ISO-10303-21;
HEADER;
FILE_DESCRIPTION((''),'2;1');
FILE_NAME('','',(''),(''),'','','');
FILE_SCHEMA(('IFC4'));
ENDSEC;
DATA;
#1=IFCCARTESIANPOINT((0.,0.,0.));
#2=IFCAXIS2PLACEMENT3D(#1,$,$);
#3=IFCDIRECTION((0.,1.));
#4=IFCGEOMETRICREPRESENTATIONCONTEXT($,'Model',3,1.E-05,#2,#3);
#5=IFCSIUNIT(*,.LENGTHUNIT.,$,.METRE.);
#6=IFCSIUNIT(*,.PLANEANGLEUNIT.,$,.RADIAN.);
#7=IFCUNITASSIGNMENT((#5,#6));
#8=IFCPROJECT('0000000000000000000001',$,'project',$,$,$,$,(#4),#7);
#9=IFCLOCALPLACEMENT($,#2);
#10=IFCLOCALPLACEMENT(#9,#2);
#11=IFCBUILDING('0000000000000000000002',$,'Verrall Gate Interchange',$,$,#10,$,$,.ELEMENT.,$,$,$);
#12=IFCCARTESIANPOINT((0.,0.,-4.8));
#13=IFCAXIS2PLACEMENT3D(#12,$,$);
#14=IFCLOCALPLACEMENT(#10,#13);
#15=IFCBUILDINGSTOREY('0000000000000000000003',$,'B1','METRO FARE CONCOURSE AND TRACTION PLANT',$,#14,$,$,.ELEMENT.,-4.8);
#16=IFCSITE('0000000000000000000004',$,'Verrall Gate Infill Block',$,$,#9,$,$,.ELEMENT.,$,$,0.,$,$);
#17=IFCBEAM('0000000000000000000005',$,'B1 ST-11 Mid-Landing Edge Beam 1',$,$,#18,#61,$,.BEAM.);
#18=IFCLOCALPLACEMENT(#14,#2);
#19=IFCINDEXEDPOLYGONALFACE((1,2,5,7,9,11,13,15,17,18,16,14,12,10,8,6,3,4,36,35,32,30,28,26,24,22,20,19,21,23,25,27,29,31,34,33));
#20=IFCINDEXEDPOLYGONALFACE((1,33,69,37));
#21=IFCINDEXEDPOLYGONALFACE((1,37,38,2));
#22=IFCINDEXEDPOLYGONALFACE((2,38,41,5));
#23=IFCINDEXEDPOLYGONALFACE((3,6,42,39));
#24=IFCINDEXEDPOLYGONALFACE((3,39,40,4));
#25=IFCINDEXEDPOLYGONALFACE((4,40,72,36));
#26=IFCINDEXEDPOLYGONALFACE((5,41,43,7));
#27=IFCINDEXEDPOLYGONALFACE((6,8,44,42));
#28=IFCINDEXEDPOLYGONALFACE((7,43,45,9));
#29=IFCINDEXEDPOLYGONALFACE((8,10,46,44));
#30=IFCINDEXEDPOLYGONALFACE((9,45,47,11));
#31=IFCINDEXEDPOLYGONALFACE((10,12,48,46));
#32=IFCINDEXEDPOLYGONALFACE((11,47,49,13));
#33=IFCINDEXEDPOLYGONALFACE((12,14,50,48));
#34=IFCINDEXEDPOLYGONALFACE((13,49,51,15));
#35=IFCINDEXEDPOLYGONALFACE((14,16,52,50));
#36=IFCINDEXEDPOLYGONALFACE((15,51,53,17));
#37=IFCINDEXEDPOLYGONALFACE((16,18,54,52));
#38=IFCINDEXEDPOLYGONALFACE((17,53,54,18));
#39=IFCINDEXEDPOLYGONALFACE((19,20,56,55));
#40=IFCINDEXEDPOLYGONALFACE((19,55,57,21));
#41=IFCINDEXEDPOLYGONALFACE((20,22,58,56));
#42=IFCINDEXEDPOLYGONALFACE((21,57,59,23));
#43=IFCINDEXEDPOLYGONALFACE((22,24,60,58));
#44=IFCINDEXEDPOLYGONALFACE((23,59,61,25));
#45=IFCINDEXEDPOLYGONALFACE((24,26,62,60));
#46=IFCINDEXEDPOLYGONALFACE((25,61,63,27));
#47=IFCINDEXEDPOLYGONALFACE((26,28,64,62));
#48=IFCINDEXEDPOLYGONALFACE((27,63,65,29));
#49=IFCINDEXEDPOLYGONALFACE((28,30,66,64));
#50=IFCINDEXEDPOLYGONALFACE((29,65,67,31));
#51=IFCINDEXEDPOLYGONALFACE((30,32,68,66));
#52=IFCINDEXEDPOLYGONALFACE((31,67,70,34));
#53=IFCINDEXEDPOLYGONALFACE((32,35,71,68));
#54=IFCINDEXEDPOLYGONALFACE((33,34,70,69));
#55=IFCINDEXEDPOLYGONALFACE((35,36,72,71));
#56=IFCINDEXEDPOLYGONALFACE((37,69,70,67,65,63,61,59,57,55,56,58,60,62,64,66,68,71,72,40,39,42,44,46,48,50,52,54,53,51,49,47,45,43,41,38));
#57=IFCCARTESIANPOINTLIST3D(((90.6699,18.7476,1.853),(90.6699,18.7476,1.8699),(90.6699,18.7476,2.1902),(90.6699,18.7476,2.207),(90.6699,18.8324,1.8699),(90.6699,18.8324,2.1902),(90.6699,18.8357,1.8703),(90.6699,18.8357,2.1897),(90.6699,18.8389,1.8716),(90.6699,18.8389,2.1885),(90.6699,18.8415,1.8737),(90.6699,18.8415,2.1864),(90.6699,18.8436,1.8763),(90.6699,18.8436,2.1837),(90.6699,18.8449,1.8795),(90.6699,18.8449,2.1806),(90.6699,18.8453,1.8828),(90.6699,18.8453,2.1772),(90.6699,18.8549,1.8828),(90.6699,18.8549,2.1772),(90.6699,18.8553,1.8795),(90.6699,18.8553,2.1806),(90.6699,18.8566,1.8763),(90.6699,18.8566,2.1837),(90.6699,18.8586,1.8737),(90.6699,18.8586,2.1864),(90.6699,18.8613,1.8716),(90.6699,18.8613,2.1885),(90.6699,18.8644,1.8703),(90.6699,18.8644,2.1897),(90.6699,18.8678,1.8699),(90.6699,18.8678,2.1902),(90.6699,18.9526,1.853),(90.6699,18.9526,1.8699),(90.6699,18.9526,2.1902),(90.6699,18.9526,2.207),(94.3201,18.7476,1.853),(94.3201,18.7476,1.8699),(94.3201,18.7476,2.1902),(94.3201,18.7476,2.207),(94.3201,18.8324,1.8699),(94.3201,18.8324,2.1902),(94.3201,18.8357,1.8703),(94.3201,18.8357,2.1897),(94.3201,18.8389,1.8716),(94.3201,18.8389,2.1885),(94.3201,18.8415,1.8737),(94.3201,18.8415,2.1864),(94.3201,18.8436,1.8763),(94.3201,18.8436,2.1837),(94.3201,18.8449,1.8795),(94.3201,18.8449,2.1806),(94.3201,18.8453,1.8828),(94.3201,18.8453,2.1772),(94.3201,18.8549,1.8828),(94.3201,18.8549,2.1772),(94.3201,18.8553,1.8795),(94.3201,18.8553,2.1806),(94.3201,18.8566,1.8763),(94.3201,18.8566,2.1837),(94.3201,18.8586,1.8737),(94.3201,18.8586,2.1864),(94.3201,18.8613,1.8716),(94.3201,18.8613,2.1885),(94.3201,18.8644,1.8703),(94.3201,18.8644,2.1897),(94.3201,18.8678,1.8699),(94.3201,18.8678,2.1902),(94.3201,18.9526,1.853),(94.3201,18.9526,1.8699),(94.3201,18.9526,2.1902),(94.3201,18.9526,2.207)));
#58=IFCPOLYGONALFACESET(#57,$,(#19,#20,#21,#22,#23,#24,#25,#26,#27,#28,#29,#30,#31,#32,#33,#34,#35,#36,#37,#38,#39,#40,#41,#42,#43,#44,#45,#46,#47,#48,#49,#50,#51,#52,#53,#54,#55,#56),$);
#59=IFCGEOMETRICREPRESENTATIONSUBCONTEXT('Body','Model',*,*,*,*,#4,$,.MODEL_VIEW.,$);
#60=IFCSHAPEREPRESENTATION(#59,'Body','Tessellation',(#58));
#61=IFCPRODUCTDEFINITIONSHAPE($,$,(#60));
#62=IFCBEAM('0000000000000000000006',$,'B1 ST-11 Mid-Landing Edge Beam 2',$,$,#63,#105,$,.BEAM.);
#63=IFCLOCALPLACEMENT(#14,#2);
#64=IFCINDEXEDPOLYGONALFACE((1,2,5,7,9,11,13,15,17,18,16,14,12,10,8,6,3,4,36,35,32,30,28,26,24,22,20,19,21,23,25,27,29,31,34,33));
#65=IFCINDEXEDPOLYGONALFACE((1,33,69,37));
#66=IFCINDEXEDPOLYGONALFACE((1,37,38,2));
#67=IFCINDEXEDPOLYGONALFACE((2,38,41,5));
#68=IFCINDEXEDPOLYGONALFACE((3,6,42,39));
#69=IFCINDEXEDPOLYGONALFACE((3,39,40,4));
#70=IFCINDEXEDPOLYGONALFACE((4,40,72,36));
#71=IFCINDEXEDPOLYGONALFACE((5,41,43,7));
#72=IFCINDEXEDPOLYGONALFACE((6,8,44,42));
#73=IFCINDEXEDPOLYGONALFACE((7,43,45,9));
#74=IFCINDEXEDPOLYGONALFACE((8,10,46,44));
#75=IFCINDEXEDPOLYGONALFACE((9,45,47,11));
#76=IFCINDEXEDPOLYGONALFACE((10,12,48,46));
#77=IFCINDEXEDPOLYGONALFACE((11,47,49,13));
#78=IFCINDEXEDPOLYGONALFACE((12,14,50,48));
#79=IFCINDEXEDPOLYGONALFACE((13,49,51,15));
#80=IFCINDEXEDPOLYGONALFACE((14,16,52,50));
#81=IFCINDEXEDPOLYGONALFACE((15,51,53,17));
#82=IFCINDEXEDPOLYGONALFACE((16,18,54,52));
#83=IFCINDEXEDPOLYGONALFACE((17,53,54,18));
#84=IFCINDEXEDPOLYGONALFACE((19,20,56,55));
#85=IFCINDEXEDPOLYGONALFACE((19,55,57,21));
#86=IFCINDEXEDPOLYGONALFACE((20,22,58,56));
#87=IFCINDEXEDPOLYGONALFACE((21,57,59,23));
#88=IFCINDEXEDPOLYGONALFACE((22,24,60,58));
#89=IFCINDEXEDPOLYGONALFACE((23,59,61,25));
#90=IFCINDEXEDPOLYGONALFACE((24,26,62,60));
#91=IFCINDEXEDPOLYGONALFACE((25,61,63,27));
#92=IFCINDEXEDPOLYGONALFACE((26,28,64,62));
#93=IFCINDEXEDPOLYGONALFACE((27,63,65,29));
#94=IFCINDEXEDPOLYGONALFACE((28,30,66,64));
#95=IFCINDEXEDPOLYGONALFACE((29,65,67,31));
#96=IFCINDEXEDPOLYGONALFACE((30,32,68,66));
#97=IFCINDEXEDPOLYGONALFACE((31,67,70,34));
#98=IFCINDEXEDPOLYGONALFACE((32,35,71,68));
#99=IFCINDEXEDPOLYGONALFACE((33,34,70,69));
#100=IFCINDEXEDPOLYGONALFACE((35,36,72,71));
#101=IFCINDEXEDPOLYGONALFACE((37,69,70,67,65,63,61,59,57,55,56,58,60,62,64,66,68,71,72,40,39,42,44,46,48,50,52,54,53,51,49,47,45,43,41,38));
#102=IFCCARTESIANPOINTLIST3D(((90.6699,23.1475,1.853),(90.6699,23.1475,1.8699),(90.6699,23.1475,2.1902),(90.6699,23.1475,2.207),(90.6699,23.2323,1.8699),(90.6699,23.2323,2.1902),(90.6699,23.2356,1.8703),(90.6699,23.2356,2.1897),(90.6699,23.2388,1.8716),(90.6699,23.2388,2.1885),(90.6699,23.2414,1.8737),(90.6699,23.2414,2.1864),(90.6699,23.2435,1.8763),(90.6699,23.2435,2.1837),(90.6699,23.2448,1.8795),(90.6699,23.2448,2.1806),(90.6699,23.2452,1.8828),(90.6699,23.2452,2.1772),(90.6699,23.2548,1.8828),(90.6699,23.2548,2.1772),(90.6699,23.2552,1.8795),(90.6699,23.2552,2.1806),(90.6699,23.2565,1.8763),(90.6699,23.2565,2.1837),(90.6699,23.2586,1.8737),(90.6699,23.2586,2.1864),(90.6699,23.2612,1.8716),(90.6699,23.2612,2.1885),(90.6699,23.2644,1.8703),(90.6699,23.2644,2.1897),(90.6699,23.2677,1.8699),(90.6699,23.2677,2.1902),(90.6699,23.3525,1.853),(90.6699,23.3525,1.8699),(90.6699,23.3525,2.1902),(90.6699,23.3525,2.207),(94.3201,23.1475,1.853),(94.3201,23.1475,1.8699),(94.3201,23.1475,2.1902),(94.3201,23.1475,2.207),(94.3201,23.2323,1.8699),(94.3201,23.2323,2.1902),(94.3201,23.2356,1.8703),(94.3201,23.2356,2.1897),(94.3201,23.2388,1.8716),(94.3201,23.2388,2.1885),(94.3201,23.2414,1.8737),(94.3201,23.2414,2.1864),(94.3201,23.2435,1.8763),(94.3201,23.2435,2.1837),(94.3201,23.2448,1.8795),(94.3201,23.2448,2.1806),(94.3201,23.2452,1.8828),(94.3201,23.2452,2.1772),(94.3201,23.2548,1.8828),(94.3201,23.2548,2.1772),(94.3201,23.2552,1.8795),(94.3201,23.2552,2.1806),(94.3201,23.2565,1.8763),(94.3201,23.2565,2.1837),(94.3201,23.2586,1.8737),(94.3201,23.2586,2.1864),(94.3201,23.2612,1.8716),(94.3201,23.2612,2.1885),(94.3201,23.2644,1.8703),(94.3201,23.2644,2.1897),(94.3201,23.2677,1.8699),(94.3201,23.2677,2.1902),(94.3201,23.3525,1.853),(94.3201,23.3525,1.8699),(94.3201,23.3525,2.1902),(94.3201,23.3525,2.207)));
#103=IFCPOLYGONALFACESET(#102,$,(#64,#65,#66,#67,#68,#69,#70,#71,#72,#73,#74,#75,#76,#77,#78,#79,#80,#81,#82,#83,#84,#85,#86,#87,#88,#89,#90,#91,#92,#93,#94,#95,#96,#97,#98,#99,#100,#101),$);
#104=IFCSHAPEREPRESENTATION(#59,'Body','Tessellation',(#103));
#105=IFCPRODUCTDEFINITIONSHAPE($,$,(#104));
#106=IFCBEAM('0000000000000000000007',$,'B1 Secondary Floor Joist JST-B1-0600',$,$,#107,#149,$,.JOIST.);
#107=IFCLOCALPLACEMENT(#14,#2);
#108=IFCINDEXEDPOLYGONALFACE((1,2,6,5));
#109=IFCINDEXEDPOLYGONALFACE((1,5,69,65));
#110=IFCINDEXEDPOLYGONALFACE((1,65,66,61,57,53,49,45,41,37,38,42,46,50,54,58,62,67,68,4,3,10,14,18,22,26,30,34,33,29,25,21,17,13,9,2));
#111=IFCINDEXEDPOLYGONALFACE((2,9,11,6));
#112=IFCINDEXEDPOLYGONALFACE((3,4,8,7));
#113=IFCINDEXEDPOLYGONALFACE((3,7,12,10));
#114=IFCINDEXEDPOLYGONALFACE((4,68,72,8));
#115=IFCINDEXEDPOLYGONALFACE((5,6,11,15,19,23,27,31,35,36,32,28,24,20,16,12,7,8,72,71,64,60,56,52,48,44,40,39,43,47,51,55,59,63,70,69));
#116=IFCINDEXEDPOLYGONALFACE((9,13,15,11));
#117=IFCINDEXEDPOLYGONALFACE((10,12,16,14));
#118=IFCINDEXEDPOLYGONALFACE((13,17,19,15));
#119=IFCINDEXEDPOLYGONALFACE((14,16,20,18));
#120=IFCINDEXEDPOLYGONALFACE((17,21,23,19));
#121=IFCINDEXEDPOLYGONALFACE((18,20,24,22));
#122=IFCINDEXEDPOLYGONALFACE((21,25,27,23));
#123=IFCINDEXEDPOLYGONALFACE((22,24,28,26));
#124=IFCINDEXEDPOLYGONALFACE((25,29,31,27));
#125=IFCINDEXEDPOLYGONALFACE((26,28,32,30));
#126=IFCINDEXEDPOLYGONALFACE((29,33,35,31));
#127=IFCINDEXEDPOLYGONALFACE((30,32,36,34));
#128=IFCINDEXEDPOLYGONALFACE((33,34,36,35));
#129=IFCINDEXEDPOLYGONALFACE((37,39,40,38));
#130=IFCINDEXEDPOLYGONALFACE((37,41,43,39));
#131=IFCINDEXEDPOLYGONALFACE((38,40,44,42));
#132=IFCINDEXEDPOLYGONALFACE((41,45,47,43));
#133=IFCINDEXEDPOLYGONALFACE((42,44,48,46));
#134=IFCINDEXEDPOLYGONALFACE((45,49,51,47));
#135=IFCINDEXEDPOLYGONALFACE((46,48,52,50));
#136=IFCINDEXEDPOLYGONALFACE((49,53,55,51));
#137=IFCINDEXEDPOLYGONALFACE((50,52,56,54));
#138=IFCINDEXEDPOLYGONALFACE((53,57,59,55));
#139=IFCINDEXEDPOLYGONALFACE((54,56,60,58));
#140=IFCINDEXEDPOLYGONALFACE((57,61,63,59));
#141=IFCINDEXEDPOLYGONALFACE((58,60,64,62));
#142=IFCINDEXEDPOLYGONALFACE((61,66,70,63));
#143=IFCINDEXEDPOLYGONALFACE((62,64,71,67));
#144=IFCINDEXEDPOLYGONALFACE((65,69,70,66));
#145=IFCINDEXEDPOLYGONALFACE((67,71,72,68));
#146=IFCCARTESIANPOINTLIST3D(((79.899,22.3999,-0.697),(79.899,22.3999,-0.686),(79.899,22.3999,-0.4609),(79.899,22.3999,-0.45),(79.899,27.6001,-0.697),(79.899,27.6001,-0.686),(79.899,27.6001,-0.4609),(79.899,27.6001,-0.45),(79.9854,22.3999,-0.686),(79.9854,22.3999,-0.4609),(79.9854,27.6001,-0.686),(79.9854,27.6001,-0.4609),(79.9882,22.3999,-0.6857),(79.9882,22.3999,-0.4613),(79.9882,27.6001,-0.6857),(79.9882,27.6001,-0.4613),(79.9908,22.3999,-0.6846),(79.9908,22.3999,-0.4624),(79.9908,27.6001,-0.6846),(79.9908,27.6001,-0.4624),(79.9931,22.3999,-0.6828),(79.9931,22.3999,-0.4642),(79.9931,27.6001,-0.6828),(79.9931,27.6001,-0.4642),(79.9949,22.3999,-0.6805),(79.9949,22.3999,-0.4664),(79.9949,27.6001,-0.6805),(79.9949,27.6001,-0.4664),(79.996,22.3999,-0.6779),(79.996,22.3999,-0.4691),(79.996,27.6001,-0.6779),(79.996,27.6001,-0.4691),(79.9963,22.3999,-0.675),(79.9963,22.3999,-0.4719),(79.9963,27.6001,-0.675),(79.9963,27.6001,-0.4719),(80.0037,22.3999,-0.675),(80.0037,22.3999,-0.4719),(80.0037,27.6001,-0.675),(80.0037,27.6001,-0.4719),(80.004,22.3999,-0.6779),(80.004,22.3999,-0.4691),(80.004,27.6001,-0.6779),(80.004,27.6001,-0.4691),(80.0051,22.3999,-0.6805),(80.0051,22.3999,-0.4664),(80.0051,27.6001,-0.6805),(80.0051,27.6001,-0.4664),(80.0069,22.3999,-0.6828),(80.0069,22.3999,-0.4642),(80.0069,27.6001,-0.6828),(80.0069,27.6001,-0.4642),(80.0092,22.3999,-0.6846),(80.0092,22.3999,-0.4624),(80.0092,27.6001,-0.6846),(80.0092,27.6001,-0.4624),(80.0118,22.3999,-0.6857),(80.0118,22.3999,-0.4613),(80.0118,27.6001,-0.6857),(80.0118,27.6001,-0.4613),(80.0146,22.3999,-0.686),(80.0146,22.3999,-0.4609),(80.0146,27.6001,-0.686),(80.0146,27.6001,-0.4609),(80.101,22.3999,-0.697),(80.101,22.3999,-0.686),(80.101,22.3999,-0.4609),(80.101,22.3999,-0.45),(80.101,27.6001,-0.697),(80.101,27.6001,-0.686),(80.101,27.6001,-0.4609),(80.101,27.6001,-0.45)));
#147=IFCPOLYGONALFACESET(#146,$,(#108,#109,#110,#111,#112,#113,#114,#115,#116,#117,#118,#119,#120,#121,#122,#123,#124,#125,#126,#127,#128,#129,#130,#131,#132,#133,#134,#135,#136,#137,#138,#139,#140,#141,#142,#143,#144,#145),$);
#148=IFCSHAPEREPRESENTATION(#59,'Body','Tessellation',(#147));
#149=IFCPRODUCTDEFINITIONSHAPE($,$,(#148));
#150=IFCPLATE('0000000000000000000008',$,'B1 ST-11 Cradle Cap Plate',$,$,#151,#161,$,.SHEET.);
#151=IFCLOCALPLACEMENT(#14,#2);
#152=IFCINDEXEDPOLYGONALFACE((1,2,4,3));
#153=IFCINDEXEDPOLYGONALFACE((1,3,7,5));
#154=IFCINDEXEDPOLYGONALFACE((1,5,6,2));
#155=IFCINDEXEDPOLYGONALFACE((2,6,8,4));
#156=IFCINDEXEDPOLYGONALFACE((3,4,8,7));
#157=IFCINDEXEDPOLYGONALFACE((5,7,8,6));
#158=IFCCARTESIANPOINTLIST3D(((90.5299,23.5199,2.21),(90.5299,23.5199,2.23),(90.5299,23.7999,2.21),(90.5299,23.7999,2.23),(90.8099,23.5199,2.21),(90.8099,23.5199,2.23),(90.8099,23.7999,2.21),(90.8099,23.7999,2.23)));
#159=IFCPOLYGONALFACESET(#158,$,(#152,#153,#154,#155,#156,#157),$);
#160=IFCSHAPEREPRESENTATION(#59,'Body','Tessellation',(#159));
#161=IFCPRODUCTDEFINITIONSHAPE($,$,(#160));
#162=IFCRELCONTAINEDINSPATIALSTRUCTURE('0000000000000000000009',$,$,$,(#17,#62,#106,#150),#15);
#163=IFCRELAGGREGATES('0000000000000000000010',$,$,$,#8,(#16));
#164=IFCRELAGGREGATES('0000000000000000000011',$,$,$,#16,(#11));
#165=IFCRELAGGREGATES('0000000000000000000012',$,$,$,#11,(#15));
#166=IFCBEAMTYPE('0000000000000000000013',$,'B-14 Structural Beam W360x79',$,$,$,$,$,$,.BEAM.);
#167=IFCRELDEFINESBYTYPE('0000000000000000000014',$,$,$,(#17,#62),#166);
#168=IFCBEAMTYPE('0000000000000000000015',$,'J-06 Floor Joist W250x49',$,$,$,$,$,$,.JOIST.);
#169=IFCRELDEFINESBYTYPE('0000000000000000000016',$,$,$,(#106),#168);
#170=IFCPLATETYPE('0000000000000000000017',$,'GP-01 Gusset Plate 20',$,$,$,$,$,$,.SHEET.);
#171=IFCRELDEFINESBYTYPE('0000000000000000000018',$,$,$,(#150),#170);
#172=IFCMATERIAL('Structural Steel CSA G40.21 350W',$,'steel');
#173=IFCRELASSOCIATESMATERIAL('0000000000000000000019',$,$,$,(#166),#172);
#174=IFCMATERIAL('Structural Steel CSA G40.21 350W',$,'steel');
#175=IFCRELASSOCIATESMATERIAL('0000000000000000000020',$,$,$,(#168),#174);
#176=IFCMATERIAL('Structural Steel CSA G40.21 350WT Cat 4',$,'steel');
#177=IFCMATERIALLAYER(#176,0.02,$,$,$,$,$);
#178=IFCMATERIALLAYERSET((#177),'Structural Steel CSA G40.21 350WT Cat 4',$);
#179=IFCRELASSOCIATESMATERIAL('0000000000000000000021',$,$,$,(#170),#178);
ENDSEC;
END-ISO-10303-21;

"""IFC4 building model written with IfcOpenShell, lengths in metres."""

from ifc_helpers import new_model, si_unit, direction, frame, origin, origin_2d, place, context, subcontext, project, spatial, rectangle, i_section, extrude, material, layer, layer_set, material_profile, profile_set, type_object, element, save


model = new_model("IFC4")

# Units and contexts
model_context = context("Model", 3, precision=1e-05, world=origin(), true_north=direction((0.0, 1.0)))
body_context = subcontext(model_context, "Body", "Model", "MODEL_VIEW")
ifc_project = project(units=[si_unit("LENGTHUNIT", "METRE"), si_unit("PLANEANGLEUNIT", "RADIAN")], contexts=[model_context])

# Site, building, storey
site_placement = place(None, origin())
site = spatial("IfcSite", under=ifc_project, at=site_placement, Name="Verrall Gate Infill Block", CompositionType="ELEMENT", RefElevation=0.0)
building_placement = place(site_placement, origin())
building = spatial("IfcBuilding", under=site, at=building_placement, Name="Verrall Gate Interchange", CompositionType="ELEMENT")
storey_placement = place(building_placement, frame((0.0, 0.0, -4.8)))
storey = spatial("IfcBuildingStorey", under=building, at=storey_placement, Name="B1", Description="METRO FARE CONCOURSE AND TRACTION PLANT", CompositionType="ELEMENT", Elevation=-4.8)

# Beams
ifc_material_1 = material(Name="Structural Steel CSA G40.21 350W", Category="steel")
ifc_material_profile_1 = material_profile(ifc_material_1, i_section(OverallWidth=0.2051, OverallDepth=0.354, WebThickness=0.0095, FlangeThickness=0.0168, FilletRadius=0.0129, at=origin_2d()), Name="W360x79")
ifc_profile_set_1 = profile_set([ifc_material_profile_1], Name="Structural Steel CSA G40.21 350W")
beam_type_1 = type_object("IfcBeamType", Name="B-14 Structural Beam W360x79", PredefinedType="BEAM", material=ifc_profile_set_1)
for number, where, z_axis, x_axis, name in (
    (1, (90.6699, 18.8501, 2.03), (1.0, 0.0, 0.0), (0.0, 1.0, 0.0), "B1 ST-11 Mid-Landing Edge Beam 1"),
    (2, (90.6699, 23.25, 2.03), (1.0, 0.0, 0.0), (0.0, 1.0, 0.0), "B1 ST-11 Mid-Landing Edge Beam 2"),
):
    element("IfcBeam", number, at=place(storey_placement, frame(where, z_axis=z_axis, x_axis=x_axis)), inside=storey, type_object=beam_type_1, Name=name, PredefinedType="BEAM", context=body_context, shape_type="SweptSolid", body=[
        extrude(i_section(OverallWidth=0.2051, OverallDepth=0.354, WebThickness=0.0095, FlangeThickness=0.0168, FilletRadius=0.0129, at=origin_2d()), origin(), (0.0, 0.0, 1.0), 3.6501),
    ])
ifc_material_2 = material(Name="Structural Steel CSA G40.21 350W", Category="steel")
ifc_material_profile_2 = material_profile(ifc_material_2, i_section(OverallWidth=0.2019, OverallDepth=0.2471, WebThickness=0.0073, FlangeThickness=0.011, FilletRadius=0.011, at=origin_2d()), Name="W250x49")
ifc_profile_set_2 = profile_set([ifc_material_profile_2], Name="Structural Steel CSA G40.21 350W")
beam_type_2 = type_object("IfcBeamType", Name="J-06 Floor Joist W250x49", PredefinedType="JOIST", material=ifc_profile_set_2)
beam_placement = place(storey_placement, frame((80.0, 22.3999, -0.5735), z_axis=(0.0, 1.0, 0.0), x_axis=(-1.0, 0.0, 0.0)))
element("IfcBeam", 3, at=beam_placement, inside=storey, type_object=beam_type_2, Name="B1 Secondary Floor Joist JST-B1-0600", PredefinedType="JOIST", context=body_context, shape_type="SweptSolid", body=[
    extrude(i_section(OverallWidth=0.2019, OverallDepth=0.2471, WebThickness=0.0073, FlangeThickness=0.011, FilletRadius=0.011, at=origin_2d()), origin(), (0.0, 0.0, 1.0), 5.2002),
])

# Plate
ifc_material_3 = material(Name="Structural Steel CSA G40.21 350WT Cat 4", Category="steel")
ifc_layer = layer(ifc_material_3, 0.02)
ifc_layer_set = layer_set([ifc_layer], Name="Structural Steel CSA G40.21 350WT Cat 4")
plate_type = type_object("IfcPlateType", Name="GP-01 Gusset Plate 20", PredefinedType="SHEET", material=ifc_layer_set)
plate_placement = place(storey_placement, frame((90.6699, 23.6599, 2.21), z_axis=(0.0, 0.0, 1.0), x_axis=(1.0, 0.0, 0.0)))
element("IfcPlate", 4, at=plate_placement, inside=storey, type_object=plate_type, Name="B1 ST-11 Cradle Cap Plate", PredefinedType="SHEET", context=body_context, shape_type="SweptSolid", body=[
    extrude(rectangle(XDim=0.28, YDim=0.28, at=origin_2d()), origin(), (0.0, 0.0, 1.0), 0.02),
])

save(model, "model.ifc")
